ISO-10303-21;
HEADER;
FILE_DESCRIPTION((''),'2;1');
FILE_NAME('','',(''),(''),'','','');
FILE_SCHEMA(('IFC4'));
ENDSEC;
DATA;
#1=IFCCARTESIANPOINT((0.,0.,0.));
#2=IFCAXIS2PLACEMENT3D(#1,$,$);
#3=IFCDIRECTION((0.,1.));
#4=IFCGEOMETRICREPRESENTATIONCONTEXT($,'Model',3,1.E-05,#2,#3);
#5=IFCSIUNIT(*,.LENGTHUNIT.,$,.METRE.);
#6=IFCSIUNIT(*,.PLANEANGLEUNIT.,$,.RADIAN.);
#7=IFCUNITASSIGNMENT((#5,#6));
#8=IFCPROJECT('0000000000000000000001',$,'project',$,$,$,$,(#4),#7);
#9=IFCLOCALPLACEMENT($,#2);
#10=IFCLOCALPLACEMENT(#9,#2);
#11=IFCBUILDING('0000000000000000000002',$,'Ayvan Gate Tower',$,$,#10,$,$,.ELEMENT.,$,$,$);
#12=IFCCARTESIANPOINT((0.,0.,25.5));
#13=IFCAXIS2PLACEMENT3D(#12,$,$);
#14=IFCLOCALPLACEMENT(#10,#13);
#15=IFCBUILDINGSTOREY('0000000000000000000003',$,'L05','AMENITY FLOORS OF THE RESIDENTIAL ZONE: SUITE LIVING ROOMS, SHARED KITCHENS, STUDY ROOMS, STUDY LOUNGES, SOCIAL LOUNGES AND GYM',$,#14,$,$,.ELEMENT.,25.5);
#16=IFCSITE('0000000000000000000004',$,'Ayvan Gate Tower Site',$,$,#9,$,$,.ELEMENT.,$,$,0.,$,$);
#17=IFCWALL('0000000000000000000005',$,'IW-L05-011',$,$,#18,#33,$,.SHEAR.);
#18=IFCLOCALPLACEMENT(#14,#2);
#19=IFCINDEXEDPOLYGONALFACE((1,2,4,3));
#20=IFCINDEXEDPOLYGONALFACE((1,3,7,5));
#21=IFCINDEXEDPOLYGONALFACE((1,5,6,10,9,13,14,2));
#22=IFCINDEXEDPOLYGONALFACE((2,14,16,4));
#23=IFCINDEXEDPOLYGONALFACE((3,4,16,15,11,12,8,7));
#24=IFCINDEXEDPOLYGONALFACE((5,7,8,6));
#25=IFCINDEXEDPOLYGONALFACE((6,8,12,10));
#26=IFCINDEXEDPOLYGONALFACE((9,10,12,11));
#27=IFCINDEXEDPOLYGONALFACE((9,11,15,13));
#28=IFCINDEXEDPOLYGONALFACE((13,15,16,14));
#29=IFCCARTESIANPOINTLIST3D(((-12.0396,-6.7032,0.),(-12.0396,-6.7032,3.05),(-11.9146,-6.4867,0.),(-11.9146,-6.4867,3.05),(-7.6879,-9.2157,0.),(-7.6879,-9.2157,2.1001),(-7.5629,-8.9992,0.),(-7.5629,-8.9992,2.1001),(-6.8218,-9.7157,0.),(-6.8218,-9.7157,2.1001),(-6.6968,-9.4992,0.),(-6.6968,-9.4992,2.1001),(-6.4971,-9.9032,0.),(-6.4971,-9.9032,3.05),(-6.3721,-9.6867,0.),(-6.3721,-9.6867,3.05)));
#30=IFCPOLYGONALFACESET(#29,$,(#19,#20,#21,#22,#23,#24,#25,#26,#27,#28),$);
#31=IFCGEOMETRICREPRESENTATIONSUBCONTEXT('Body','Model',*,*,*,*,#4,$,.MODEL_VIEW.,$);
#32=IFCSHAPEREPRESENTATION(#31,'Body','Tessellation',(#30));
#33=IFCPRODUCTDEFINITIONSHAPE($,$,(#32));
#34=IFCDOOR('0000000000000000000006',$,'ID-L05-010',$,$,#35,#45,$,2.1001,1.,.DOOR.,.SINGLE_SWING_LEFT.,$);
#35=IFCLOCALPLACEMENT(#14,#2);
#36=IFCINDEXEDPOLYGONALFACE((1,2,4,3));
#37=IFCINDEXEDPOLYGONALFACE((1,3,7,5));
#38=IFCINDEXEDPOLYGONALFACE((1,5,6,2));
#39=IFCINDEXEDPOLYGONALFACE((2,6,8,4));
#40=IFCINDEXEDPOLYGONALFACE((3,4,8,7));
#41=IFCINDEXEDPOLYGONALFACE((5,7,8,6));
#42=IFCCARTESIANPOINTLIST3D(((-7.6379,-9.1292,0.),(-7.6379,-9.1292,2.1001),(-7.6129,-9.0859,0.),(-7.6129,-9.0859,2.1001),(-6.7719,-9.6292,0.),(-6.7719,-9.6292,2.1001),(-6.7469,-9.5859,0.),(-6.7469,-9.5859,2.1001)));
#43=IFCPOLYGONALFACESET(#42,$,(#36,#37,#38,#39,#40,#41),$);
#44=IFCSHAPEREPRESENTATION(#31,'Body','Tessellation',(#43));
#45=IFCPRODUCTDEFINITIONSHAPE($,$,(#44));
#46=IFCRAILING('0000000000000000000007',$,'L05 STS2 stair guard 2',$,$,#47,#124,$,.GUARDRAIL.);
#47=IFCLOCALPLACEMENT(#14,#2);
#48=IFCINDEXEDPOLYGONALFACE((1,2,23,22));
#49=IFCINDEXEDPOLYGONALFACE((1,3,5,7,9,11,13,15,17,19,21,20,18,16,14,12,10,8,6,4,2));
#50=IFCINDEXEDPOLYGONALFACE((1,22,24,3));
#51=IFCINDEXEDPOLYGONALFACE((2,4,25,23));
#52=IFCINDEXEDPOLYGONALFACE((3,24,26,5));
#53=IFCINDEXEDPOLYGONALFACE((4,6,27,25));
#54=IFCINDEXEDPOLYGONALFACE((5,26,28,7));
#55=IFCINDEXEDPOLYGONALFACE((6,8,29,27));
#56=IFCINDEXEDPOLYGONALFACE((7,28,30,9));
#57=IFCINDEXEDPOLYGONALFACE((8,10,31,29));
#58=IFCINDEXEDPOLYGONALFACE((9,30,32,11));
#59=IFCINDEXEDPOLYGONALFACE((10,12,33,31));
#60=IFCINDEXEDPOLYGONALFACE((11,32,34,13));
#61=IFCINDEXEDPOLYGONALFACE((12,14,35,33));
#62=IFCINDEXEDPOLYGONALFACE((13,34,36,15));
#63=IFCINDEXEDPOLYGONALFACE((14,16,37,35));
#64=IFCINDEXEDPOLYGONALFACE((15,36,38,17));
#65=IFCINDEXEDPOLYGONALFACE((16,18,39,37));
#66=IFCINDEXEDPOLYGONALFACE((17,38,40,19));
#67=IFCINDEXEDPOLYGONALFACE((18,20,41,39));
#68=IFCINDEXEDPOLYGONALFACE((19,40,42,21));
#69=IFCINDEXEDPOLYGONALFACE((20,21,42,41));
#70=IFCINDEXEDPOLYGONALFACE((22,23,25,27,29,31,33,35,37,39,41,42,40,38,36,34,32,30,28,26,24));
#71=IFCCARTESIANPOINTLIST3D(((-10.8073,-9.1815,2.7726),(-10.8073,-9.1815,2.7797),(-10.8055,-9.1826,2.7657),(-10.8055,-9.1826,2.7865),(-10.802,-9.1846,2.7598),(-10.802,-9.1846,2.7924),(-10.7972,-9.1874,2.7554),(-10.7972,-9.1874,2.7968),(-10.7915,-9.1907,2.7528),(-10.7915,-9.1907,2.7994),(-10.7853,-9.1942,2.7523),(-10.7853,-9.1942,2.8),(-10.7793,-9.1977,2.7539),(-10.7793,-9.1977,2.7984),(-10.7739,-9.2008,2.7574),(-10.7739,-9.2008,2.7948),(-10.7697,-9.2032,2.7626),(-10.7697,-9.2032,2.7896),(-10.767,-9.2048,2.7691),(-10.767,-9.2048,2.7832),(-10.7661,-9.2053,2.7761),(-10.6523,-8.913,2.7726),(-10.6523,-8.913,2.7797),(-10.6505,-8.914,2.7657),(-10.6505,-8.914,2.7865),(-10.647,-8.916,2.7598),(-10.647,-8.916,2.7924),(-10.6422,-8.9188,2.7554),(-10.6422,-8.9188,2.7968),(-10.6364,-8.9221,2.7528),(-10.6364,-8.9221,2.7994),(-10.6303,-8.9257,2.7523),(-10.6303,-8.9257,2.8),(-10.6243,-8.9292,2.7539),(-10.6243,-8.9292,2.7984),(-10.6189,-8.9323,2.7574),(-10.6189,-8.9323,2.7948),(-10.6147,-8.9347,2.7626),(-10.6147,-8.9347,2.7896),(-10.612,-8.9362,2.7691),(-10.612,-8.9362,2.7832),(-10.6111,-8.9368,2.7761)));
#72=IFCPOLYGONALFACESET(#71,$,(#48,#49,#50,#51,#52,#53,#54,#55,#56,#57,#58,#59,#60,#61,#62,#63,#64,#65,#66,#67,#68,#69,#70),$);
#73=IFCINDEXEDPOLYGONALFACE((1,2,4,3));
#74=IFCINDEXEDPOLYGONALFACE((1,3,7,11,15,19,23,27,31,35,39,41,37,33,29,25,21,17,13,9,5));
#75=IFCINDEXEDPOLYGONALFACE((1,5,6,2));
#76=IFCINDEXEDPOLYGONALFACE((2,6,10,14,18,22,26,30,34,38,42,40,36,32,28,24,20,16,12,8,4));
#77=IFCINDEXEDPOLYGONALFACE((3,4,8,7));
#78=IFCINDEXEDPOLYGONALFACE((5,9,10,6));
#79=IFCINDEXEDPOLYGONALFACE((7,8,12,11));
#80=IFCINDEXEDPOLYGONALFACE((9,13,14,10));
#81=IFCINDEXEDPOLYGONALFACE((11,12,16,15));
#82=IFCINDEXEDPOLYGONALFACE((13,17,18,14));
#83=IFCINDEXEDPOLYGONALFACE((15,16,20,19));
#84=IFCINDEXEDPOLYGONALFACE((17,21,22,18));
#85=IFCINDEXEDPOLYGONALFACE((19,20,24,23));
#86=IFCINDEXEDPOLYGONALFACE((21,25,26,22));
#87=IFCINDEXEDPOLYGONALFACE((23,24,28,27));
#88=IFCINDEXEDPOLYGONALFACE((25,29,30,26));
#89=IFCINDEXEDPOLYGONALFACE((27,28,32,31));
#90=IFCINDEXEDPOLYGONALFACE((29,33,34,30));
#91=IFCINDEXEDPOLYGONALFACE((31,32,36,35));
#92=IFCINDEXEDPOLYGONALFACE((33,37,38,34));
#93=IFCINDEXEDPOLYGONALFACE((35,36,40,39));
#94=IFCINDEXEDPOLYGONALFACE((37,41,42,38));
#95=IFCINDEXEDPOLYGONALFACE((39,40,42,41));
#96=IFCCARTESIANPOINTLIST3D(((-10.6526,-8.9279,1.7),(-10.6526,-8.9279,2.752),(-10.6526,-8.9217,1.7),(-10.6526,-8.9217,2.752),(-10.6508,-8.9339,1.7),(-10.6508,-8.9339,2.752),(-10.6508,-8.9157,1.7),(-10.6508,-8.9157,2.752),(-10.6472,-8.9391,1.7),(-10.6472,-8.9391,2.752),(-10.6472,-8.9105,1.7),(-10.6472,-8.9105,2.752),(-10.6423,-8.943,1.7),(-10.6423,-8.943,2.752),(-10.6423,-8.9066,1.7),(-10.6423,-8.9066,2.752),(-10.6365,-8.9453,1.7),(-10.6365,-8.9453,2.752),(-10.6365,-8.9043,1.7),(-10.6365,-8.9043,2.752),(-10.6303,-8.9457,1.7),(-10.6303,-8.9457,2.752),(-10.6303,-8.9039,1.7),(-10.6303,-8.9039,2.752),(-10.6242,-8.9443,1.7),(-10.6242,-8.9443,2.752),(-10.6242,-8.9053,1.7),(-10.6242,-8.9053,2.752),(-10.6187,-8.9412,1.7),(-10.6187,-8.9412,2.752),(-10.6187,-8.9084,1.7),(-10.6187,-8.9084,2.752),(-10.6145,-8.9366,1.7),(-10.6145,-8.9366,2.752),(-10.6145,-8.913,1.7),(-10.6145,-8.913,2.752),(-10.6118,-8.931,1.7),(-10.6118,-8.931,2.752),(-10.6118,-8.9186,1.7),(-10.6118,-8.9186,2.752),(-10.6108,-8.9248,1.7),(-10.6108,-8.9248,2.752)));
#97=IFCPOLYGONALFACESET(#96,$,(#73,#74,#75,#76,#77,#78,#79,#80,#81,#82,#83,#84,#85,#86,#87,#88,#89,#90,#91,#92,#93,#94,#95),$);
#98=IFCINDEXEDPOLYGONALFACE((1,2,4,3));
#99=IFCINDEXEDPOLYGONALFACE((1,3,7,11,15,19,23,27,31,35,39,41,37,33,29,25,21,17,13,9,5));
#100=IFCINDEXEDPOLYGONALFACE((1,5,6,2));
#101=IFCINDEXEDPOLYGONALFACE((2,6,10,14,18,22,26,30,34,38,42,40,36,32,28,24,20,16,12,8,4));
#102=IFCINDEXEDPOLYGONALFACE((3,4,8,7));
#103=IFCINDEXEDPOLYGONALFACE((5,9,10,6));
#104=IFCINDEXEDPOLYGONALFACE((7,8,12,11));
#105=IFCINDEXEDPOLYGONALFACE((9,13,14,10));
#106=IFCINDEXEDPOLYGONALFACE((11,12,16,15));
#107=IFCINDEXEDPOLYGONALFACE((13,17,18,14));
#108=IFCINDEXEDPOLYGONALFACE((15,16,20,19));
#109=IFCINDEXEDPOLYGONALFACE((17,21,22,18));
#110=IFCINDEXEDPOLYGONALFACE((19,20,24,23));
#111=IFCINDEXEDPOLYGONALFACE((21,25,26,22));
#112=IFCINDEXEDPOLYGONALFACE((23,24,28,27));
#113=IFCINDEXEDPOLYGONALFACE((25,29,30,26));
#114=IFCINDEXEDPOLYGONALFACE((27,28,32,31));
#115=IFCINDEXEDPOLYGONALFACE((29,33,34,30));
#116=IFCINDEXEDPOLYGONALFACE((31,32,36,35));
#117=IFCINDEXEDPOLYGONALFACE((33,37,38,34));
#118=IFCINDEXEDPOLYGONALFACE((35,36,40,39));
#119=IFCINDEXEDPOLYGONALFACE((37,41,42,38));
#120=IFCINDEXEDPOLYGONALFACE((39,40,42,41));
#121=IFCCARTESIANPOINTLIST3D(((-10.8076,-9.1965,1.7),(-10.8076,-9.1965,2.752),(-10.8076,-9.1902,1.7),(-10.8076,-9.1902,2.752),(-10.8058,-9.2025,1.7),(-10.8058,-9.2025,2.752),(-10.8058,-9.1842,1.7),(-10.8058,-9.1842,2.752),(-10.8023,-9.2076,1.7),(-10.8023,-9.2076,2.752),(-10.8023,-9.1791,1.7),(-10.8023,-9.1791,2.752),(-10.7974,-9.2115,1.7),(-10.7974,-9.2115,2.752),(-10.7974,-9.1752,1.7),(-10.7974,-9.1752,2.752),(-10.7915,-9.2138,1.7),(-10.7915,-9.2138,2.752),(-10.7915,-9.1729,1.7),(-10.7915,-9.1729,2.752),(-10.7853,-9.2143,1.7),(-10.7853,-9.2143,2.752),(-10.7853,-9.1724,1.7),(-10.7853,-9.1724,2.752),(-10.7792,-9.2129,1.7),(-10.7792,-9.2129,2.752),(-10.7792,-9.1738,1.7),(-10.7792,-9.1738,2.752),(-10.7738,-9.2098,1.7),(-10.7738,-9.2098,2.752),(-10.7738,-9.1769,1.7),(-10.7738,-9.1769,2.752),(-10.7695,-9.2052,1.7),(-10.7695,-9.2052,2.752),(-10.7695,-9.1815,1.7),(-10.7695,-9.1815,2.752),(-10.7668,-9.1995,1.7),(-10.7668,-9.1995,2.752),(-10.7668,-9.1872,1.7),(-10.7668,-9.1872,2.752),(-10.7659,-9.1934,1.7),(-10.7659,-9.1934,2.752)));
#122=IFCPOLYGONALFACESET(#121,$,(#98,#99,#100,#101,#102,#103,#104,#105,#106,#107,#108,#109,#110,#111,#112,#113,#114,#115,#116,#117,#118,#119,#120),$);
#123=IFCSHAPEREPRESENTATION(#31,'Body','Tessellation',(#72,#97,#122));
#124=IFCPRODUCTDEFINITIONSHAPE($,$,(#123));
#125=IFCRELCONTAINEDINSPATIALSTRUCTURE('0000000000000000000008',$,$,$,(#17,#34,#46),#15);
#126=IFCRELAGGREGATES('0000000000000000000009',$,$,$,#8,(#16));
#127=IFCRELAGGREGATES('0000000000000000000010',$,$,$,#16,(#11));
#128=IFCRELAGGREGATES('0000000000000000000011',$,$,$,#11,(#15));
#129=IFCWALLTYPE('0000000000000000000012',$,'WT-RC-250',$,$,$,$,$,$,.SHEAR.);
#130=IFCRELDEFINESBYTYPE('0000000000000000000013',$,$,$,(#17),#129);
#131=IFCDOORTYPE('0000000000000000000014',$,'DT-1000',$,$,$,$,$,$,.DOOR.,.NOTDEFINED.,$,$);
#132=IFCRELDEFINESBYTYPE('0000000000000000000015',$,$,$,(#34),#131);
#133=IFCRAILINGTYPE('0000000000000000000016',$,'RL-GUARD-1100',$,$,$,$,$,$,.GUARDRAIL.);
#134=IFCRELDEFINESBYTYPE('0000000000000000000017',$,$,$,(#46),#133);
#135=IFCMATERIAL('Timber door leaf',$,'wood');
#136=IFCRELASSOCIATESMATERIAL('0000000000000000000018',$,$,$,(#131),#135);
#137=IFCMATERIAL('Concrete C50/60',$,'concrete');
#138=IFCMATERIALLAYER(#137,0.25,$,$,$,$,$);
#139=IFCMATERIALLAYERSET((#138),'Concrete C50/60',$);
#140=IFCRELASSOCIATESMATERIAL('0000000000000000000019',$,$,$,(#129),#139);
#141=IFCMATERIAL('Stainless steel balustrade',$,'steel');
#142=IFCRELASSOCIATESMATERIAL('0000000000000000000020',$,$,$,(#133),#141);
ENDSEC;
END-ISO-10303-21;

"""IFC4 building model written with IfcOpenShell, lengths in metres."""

from ifc_helpers import new_model, si_unit, direction, frame, frame_2d, origin, origin_2d, place, context, subcontext, project, spatial, rectangle, circle, extrude, material, layer, layer_set, type_object, element, fill, save


model = new_model("IFC4")

# Units and contexts
model_context = context("Model", 3, precision=1e-05, world=origin(), true_north=direction((0.0, 1.0)))
body_context = subcontext(model_context, "Body", "Model", "MODEL_VIEW")
ifc_project = project(units=[si_unit("LENGTHUNIT", "METRE"), si_unit("PLANEANGLEUNIT", "RADIAN")], contexts=[model_context])

# Site, building, storey
site_placement = place(None, origin())
site = spatial("IfcSite", under=ifc_project, at=site_placement, Name="Ayvan Gate Tower Site", CompositionType="ELEMENT", RefElevation=0.0)
building_placement = place(site_placement, origin())
building = spatial("IfcBuilding", under=site, at=building_placement, Name="Ayvan Gate Tower", CompositionType="ELEMENT")
storey_placement = place(building_placement, frame((0.0, 0.0, 25.5)))
storey = spatial("IfcBuildingStorey", under=building, at=storey_placement, Name="L05", Description="AMENITY FLOORS OF THE RESIDENTIAL ZONE: SUITE LIVING ROOMS, SHARED KITCHENS, STUDY ROOMS, STUDY LOUNGES, SOCIAL LOUNGES AND GYM", CompositionType="ELEMENT", Elevation=25.5)

# Shared definitions
ifc_material_1 = material(Name="Timber door leaf", Category="wood")
door_type_1 = type_object("IfcDoorType", Name="DT-1000", OperationType="NOTDEFINED", PredefinedType="DOOR", material=ifc_material_1)

# Shared definitions
ifc_material_2 = material(Name="Concrete C50/60", Category="concrete")
ifc_layer_1 = layer(ifc_material_2, 0.25)
ifc_layer_set_1 = layer_set([ifc_layer_1], Name="Concrete C50/60")
wall_type_1 = type_object("IfcWallType", Name="WT-RC-250", PredefinedType="SHEAR", material=ifc_layer_set_1)

# Wall, opening, door
wall_1_placement = place(storey_placement, frame((-11.9771, -6.595, 0.0), z_axis=(0.0, 0.0, 1.0), x_axis=(0.866025, -0.5, 0.0)))
wall_1 = element("IfcWall", 1, at=wall_1_placement, inside=storey, type_object=wall_type_1, Name="IW-L05-011", PredefinedType="SHEAR", context=body_context, shape_type="SweptSolid", body=[
    extrude(rectangle(XDim=6.3999, YDim=0.25, at=frame_2d((3.2, 0.0))), origin(), (0.0, 0.0, 1.0), 3.05),
])
opening_1_placement = place(wall_1_placement, frame((5.0249, 0.0, 0.0)))
opening_1 = element("IfcOpeningElement", 2, at=opening_1_placement, cuts=wall_1, PredefinedType="OPENING", context=body_context, shape_type="SweptSolid", body=[
    extrude(rectangle(XDim=1.0, YDim=2.1001, at=frame_2d((0.5, 1.05))), frame((0.0, 0.135, 0.0), z_axis=(0.0, -1.0, 0.0), x_axis=(1.0, 0.0, 0.0)), (0.0, 0.0, 1.0), 0.27),
])
door_1_placement = place(opening_1_placement, origin())
door_1 = element("IfcDoor", 3, at=door_1_placement, inside=storey, type_object=door_type_1, Name="ID-L05-010", OperationType="SINGLE_SWING_LEFT", OverallHeight=2.1001, OverallWidth=1.0, PredefinedType="DOOR", context=body_context, shape_type="SweptSolid", body=[
    extrude(rectangle(XDim=1.0, YDim=2.1001, at=frame_2d((0.5, 1.05))), frame((0.0, 0.0249, 0.0), z_axis=(0.0, -1.0, 0.0), x_axis=(1.0, 0.0, 0.0)), (0.0, 0.0, 1.0), 0.05),
])
fill(opening_1, door_1)

# Railing
ifc_material_3 = material(Name="Stainless steel balustrade", Category="steel")
railing_type_1 = type_object("IfcRailingType", Name="RL-GUARD-1100", PredefinedType="GUARDRAIL", material=ifc_material_3)
railing_1_placement = place(storey_placement, frame((-10.6318, -8.9248, 1.7)))
element("IfcRailing", 4, at=railing_1_placement, inside=storey, type_object=railing_type_1, Name="L05 STS2 stair guard 2", PredefinedType="GUARDRAIL", context=body_context, shape_type="SweptSolid", body=[
    extrude(circle(Radius=0.0239, at=origin_2d()), frame((0.0, 0.0, 1.0762), z_axis=(-0.49995, -0.866054, 0.0), x_axis=(0.866054, -0.49995, 0.0)), (0.0, 0.0, 1.0), 0.3101),
    extrude(circle(Radius=0.021, at=origin_2d()), origin(), (0.0, 0.0, 1.0), 1.052),
    extrude(circle(Radius=0.021, at=origin_2d()), frame((-0.155, -0.2686, 0.0)), (0.0, 0.0, 1.0), 1.052),
])

save(model, "model.ifc")
